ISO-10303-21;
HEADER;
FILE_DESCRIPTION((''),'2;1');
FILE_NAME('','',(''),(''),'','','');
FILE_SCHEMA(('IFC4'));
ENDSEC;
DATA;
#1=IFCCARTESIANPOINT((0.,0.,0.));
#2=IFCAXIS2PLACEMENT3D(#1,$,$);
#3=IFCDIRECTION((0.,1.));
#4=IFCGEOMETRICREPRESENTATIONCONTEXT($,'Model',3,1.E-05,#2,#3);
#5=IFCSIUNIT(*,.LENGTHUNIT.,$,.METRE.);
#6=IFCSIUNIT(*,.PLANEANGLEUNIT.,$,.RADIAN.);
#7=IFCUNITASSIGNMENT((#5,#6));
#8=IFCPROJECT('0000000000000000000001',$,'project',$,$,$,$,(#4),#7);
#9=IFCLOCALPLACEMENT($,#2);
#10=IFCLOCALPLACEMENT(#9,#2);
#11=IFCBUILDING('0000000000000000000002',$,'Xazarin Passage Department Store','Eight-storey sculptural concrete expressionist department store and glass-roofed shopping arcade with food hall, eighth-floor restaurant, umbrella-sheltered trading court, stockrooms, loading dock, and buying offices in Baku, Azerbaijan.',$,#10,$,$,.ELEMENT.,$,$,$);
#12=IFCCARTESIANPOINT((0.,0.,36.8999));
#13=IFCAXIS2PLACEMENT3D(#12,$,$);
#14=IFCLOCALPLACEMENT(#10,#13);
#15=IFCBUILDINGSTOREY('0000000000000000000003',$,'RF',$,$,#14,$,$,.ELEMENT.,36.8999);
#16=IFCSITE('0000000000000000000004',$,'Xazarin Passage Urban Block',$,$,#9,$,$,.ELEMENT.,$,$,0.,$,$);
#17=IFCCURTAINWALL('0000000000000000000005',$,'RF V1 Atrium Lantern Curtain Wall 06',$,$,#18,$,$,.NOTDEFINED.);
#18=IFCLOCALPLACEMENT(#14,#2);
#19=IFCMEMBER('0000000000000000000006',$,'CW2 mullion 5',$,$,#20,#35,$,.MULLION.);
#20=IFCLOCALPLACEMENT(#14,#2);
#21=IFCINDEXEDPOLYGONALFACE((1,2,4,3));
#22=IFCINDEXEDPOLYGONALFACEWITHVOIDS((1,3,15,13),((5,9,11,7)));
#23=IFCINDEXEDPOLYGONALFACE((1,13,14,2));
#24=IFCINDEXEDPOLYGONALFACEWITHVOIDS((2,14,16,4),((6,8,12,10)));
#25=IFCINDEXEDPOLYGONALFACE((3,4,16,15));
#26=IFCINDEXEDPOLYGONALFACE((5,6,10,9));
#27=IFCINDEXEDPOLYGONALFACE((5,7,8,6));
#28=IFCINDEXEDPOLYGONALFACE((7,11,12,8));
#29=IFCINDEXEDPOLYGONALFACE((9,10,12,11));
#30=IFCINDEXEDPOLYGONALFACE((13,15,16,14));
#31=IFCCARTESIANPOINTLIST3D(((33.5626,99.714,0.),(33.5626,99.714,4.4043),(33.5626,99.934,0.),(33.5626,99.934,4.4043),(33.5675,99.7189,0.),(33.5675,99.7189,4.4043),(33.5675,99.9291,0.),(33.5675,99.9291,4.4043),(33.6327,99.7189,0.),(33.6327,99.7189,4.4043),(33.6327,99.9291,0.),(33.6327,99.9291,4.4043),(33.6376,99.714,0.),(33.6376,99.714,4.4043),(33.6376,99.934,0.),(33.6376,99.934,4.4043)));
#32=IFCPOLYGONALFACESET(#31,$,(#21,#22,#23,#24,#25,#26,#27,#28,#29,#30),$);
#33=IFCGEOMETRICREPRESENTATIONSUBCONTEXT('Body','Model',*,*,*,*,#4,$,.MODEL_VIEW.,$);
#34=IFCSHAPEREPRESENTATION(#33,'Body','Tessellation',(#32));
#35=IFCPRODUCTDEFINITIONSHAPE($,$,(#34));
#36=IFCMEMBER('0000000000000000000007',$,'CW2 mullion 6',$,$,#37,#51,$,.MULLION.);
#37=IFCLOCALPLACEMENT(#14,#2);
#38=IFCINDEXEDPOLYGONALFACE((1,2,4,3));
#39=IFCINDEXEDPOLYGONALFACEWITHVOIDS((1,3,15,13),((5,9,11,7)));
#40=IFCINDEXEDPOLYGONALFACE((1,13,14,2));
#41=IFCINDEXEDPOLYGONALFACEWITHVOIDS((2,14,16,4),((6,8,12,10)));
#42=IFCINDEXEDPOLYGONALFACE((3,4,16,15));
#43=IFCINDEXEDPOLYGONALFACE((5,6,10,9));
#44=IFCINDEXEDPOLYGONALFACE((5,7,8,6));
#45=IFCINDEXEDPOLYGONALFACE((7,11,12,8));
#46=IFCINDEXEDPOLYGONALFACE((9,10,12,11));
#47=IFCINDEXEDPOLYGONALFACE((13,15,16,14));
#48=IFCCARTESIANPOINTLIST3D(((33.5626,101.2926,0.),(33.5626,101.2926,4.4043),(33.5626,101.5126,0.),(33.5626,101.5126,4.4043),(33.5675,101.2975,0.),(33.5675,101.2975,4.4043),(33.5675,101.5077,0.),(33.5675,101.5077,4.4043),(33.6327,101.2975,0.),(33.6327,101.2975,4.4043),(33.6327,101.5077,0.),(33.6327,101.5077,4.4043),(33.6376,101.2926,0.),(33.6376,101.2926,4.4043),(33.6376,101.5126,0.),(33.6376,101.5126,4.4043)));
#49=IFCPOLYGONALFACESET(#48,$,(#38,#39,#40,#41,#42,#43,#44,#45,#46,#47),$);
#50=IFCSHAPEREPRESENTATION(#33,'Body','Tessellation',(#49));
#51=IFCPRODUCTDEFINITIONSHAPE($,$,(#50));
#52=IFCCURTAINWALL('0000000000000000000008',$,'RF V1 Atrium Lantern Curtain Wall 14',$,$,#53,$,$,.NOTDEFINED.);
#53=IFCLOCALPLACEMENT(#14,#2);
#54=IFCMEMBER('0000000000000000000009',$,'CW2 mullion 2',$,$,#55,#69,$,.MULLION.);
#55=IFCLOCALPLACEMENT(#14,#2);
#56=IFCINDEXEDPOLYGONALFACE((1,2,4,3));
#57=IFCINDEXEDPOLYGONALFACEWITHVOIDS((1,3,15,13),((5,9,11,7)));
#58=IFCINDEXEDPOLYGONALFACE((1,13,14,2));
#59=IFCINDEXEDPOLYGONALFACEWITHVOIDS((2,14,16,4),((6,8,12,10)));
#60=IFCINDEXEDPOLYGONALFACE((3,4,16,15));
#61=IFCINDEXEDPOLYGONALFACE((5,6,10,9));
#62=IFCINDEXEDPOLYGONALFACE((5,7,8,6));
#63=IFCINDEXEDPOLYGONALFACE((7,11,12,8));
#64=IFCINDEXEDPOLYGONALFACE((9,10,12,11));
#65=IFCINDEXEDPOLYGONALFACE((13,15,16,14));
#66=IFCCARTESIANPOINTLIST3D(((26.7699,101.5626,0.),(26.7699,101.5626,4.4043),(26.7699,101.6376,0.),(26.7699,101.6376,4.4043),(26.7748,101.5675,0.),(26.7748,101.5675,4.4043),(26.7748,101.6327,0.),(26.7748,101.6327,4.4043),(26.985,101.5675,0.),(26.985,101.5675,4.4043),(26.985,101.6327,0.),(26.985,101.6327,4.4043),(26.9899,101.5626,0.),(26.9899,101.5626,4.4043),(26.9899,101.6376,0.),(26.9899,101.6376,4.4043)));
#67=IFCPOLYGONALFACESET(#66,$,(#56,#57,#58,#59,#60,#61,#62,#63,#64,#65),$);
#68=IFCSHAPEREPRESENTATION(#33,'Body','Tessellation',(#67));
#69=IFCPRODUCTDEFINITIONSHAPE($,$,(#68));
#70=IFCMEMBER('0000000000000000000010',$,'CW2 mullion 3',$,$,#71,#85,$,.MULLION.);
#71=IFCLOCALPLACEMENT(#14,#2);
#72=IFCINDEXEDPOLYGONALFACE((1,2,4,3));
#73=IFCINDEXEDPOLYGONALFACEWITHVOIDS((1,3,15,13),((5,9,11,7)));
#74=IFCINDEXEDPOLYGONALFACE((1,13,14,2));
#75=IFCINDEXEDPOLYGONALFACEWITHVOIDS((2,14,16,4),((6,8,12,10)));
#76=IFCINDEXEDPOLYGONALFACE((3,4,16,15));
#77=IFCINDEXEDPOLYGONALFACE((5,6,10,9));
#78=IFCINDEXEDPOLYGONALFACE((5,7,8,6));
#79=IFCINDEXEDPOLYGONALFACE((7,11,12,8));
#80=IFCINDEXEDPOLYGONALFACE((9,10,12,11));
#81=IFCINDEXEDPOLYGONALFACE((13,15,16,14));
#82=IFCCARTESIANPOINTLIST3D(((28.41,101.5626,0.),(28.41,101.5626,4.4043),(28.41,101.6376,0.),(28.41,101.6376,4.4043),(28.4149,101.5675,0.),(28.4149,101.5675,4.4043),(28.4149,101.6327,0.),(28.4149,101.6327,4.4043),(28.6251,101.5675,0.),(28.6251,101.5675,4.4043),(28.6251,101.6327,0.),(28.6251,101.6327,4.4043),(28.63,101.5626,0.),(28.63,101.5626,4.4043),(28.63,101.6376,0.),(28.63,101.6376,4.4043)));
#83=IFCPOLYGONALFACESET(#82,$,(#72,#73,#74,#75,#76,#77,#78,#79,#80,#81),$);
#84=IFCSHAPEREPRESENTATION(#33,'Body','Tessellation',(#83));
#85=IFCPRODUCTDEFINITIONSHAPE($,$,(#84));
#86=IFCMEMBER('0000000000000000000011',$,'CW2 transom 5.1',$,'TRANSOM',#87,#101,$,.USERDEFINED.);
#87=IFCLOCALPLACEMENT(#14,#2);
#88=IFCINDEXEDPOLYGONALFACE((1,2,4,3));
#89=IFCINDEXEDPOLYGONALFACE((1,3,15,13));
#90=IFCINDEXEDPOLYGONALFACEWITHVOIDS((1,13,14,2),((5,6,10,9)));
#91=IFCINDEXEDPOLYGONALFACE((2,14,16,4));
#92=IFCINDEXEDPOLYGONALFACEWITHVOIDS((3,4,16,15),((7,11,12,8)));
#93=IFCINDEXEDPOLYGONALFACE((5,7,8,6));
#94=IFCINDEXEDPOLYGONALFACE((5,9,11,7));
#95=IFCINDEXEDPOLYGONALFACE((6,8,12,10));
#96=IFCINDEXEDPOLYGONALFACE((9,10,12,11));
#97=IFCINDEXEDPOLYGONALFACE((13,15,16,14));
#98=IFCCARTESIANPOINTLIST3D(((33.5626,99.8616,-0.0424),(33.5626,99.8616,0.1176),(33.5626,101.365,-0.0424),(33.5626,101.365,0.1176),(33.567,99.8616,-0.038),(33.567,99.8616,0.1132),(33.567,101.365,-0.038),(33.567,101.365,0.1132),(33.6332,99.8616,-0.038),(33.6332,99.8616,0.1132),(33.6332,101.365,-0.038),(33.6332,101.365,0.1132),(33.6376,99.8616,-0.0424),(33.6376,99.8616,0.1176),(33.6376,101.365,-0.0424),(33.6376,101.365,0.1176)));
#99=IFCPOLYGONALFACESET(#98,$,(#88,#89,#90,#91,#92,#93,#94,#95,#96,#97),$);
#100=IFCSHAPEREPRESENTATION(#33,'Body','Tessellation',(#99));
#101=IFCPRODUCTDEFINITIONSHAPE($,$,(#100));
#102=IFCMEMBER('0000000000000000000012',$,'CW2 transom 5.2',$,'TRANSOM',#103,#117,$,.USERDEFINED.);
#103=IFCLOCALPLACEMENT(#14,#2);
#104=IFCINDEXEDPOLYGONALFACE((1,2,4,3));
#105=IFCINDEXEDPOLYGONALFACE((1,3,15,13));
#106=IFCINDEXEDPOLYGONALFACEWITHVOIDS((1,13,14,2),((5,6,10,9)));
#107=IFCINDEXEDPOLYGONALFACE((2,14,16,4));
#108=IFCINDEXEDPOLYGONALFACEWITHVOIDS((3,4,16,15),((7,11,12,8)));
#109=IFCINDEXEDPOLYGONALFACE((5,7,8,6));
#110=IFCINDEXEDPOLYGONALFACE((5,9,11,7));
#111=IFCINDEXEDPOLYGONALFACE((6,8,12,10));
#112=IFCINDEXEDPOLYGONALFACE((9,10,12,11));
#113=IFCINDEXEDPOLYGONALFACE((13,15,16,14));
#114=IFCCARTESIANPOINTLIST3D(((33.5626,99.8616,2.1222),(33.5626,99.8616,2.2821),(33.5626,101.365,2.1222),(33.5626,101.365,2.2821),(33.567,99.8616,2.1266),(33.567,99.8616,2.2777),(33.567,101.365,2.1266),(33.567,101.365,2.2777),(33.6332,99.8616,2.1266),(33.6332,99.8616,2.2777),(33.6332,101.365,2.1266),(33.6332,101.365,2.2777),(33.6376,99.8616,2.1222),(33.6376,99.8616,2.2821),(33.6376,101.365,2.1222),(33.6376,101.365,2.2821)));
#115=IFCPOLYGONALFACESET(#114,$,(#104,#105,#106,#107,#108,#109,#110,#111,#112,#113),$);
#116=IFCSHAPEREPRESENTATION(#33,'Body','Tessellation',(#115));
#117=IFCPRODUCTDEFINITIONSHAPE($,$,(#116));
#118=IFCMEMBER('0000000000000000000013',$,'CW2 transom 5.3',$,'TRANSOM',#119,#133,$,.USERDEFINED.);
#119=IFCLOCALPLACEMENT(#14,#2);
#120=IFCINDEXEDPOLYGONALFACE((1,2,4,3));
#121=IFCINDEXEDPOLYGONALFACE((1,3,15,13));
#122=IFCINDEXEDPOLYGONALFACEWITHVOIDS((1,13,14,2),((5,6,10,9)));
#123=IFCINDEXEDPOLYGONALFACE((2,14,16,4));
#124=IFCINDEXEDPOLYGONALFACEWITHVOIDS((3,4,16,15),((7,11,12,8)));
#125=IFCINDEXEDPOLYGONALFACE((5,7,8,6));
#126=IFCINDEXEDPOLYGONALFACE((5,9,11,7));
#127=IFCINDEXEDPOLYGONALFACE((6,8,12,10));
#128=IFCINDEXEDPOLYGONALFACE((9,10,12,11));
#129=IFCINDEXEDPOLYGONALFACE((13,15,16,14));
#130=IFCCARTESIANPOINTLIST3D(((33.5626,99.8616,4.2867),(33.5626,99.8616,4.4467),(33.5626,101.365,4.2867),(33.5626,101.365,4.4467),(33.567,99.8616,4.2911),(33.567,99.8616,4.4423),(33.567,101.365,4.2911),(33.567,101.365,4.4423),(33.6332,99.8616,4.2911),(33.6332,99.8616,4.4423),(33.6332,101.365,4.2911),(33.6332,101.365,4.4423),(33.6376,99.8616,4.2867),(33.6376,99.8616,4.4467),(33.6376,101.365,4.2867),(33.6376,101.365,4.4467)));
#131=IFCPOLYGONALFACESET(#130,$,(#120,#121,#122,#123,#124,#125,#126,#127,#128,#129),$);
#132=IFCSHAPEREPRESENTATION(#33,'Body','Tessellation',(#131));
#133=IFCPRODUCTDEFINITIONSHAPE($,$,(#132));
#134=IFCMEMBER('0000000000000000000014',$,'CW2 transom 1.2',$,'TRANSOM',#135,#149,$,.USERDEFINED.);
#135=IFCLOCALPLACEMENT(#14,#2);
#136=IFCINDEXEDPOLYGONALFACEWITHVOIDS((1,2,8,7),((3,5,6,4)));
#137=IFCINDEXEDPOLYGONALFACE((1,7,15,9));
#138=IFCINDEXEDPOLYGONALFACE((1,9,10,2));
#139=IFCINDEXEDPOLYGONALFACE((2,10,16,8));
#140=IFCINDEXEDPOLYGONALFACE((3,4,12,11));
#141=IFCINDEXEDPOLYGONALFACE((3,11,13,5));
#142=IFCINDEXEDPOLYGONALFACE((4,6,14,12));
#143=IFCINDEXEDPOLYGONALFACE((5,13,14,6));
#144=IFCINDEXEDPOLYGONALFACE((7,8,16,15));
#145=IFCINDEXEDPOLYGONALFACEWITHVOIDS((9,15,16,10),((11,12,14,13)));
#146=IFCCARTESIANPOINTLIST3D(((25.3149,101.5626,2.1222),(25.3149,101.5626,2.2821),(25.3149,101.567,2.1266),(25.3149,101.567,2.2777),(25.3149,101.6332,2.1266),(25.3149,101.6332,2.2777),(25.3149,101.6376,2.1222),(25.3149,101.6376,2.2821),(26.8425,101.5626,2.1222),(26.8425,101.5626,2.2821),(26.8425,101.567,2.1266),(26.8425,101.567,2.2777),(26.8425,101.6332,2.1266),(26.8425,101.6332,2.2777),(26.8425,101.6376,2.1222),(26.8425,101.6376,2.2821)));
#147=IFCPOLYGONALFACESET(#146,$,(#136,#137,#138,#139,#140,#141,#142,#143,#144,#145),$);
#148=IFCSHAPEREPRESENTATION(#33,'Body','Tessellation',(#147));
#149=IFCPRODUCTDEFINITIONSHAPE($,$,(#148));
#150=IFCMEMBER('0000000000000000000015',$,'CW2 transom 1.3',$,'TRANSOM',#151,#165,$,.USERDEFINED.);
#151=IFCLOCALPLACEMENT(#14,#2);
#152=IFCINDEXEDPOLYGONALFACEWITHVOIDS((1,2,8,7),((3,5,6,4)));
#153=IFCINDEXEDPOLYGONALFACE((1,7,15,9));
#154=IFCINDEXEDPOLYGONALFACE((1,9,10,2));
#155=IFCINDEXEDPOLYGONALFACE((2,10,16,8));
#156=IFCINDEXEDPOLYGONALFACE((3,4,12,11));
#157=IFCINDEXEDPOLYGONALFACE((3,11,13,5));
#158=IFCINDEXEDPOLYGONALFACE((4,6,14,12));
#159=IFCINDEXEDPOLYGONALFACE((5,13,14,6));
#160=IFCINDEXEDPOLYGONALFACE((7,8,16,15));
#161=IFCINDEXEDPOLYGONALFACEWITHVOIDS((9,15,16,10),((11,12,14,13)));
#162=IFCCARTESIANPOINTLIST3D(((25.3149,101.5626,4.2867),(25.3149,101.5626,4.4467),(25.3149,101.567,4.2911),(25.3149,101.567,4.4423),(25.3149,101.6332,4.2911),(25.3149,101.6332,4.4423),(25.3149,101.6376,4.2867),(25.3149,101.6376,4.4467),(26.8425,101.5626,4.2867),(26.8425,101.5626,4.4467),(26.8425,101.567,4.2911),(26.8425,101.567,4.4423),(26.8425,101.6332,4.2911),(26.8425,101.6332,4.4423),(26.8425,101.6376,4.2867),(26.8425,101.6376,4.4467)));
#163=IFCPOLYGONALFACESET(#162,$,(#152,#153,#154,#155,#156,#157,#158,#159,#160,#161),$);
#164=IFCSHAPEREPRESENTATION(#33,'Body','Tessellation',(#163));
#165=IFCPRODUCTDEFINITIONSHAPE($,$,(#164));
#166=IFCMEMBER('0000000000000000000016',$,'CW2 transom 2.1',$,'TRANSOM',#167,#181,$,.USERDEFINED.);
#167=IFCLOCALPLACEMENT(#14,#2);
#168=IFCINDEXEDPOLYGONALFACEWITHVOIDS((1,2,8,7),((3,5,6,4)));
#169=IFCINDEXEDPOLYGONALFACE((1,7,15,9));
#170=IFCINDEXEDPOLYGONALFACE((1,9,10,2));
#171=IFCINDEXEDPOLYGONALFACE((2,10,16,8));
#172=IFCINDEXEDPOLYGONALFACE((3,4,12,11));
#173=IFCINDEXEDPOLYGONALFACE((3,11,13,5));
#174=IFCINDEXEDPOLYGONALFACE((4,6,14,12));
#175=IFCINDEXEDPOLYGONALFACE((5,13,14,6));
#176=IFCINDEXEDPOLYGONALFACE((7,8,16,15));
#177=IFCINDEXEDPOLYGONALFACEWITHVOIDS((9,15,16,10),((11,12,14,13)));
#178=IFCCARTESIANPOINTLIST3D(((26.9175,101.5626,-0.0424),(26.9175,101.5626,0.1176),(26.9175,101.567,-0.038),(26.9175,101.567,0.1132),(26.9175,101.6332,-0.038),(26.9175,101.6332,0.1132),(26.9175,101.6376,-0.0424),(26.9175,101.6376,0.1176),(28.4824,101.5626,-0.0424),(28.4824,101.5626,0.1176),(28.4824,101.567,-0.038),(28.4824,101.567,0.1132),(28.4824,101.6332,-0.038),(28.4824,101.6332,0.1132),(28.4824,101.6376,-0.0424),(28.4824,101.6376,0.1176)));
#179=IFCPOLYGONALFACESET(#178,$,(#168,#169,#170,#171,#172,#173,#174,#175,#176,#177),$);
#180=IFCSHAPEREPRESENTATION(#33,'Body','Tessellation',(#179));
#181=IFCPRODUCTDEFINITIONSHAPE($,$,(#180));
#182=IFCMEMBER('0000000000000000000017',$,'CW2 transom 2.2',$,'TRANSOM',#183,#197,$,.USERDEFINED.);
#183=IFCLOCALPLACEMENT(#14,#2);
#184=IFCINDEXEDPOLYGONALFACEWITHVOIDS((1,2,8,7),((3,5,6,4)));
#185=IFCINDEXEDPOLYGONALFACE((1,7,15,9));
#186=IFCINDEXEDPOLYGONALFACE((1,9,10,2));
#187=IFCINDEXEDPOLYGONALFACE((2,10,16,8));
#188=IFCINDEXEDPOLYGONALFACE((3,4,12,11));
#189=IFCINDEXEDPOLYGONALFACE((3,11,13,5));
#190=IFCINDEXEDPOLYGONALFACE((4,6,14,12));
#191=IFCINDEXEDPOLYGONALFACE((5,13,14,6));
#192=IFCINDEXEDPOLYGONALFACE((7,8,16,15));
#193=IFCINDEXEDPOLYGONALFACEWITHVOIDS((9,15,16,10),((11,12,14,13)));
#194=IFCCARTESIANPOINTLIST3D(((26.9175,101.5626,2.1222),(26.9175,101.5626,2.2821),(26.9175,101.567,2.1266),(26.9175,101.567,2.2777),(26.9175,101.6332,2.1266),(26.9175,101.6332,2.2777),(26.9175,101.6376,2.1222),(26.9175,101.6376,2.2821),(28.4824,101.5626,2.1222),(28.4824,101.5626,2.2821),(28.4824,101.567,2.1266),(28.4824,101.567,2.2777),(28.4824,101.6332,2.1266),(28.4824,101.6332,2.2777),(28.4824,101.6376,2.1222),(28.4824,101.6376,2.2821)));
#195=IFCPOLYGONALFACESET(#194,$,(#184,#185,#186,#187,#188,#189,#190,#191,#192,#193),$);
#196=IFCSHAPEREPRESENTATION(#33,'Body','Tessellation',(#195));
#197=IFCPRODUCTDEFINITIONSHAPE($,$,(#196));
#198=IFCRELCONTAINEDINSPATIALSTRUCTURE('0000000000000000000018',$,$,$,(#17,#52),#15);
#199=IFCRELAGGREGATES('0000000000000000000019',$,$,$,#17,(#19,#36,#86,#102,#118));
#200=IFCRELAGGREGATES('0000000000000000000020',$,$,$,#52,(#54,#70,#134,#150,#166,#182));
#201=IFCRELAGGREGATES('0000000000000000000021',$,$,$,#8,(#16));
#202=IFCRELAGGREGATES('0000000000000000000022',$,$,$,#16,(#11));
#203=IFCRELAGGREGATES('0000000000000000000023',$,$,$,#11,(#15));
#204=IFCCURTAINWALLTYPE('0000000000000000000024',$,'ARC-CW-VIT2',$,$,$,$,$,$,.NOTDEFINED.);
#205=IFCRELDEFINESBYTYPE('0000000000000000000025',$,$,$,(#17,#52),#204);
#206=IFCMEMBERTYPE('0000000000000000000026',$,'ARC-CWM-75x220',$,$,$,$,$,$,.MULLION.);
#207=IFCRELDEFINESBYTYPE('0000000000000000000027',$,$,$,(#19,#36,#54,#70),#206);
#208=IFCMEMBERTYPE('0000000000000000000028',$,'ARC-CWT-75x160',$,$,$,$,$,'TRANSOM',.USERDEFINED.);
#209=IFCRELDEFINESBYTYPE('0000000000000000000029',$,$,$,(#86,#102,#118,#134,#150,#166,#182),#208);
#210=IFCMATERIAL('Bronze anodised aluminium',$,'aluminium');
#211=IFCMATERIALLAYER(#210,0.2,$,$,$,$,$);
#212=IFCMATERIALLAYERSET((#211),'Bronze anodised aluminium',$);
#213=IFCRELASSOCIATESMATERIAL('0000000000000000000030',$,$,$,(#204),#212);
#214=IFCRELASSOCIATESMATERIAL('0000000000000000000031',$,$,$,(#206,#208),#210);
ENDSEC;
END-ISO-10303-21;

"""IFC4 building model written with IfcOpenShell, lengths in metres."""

from ifc_helpers import new_model, si_unit, direction, frame, origin, origin_2d, place, context, subcontext, project, spatial, hollow_rectangle, extrude, material, layer, layer_set, material_profile, profile_set, type_object, element, aggregate, save


model = new_model("IFC4")

# Units and contexts
model_context = context("Model", 3, precision=1e-05, world=origin(), true_north=direction((0.0, 1.0)))
body_context = subcontext(model_context, "Body", "Model", "MODEL_VIEW")
ifc_project = project(units=[si_unit("LENGTHUNIT", "METRE"), si_unit("PLANEANGLEUNIT", "RADIAN")], contexts=[model_context])

# Site, building, storey
site_placement = place(None, origin())
site = spatial("IfcSite", under=ifc_project, at=site_placement, Name="Xazarin Passage Urban Block", CompositionType="ELEMENT", RefElevation=0.0)
building_placement = place(site_placement, origin())
building = spatial("IfcBuilding", under=site, at=building_placement, Name="Xazarin Passage Department Store", Description="Eight-storey sculptural concrete expressionist department store and glass-roofed shopping arcade with food hall, eighth-floor restaurant, umbrella-sheltered trading court, stockrooms, loading dock, and buying offices in Baku, Azerbaijan.", CompositionType="ELEMENT")
storey_placement = place(building_placement, frame((0.0, 0.0, 36.8999)))
storey = spatial("IfcBuildingStorey", under=building, at=storey_placement, Name="RF", CompositionType="ELEMENT", Elevation=36.8999)

# Curtain walls, members
ifc_material_1 = material(Name="Bronze anodised aluminium", Category="aluminium")
ifc_layer_1 = layer(ifc_material_1, 0.2)
ifc_layer_set_1 = layer_set([ifc_layer_1], Name="Bronze anodised aluminium")
curtain_wall_type = type_object("IfcCurtainWallType", Name="ARC-CW-VIT2", PredefinedType="NOTDEFINED", material=ifc_layer_set_1)
curtain_wall_1_placement = place(storey_placement, origin())
curtain_wall_1 = element("IfcCurtainWall", 1, at=curtain_wall_1_placement, inside=storey, type_object=curtain_wall_type, Name="RF V1 Atrium Lantern Curtain Wall 06", PredefinedType="NOTDEFINED")
ifc_material_profile_1 = material_profile(ifc_material_1, hollow_rectangle(XDim=0.075, YDim=0.22, WallThickness=0.0049, at=origin_2d()), Name="ALU 75x220")
ifc_profile_set_1 = profile_set([ifc_material_profile_1], Name="Bronze anodised aluminium")
member_type_1 = type_object("IfcMemberType", Name="ARC-CWM-75x220", PredefinedType="MULLION", material=ifc_profile_set_1)
member_1_placement = place(storey_placement, frame((33.6001, 99.824, 0.0), z_axis=(0.0, 0.0, 1.0), x_axis=(-1.0, 0.0, 0.0)))
member_1 = element("IfcMember", 2, at=member_1_placement, type_object=member_type_1, Name="CW2 mullion 5", PredefinedType="MULLION", context=body_context, shape_type="SweptSolid", body=[
    extrude(hollow_rectangle(XDim=0.075, YDim=0.22, WallThickness=0.0049, at=origin_2d()), origin(), (0.0, 0.0, 1.0), 4.4043),
])
member_2_placement = place(storey_placement, frame((33.6001, 101.4026, 0.0), z_axis=(0.0, 0.0, 1.0), x_axis=(-1.0, 0.0, 0.0)))
member_2 = element("IfcMember", 3, at=member_2_placement, type_object=member_type_1, Name="CW2 mullion 6", PredefinedType="MULLION", context=body_context, shape_type="SweptSolid", body=[
    extrude(hollow_rectangle(XDim=0.075, YDim=0.22, WallThickness=0.0049, at=origin_2d()), origin(), (0.0, 0.0, 1.0), 4.4043),
])
curtain_wall_2_placement = place(storey_placement, origin())
curtain_wall_2 = element("IfcCurtainWall", 4, at=curtain_wall_2_placement, inside=storey, type_object=curtain_wall_type, Name="RF V1 Atrium Lantern Curtain Wall 14", PredefinedType="NOTDEFINED")
member_3_placement = place(storey_placement, frame((26.8799, 101.6001, 0.0), z_axis=(0.0, 0.0, 1.0), x_axis=(0.0, 1.0, 0.0)))
member_3 = element("IfcMember", 5, at=member_3_placement, type_object=member_type_1, Name="CW2 mullion 2", PredefinedType="MULLION", context=body_context, shape_type="SweptSolid", body=[
    extrude(hollow_rectangle(XDim=0.075, YDim=0.22, WallThickness=0.0049, at=origin_2d()), origin(), (0.0, 0.0, 1.0), 4.4043),
])
member_4_placement = place(storey_placement, frame((28.52, 101.6001, 0.0), z_axis=(0.0, 0.0, 1.0), x_axis=(0.0, 1.0, 0.0)))
member_4 = element("IfcMember", 6, at=member_4_placement, type_object=member_type_1, Name="CW2 mullion 3", PredefinedType="MULLION", context=body_context, shape_type="SweptSolid", body=[
    extrude(hollow_rectangle(XDim=0.075, YDim=0.22, WallThickness=0.0049, at=origin_2d()), origin(), (0.0, 0.0, 1.0), 4.4043),
])

# Members
ifc_material_profile_2 = material_profile(ifc_material_1, hollow_rectangle(XDim=0.075, YDim=0.1599, WallThickness=0.0044, at=origin_2d()), Name="ALU 75x160")
ifc_profile_set_2 = profile_set([ifc_material_profile_2], Name="Bronze anodised aluminium")
member_type_2 = type_object("IfcMemberType", Name="ARC-CWT-75x160", ElementType="TRANSOM", PredefinedType="USERDEFINED", material=ifc_profile_set_2)
member_5_placement = place(storey_placement, frame((33.6001, 99.8616, 0.0376), z_axis=(0.0, 1.0, 0.0), x_axis=(-1.0, 0.0, 0.0)))
member_5 = element("IfcMember", 7, at=member_5_placement, type_object=member_type_2, Name="CW2 transom 5.1", ObjectType="TRANSOM", PredefinedType="USERDEFINED", context=body_context, shape_type="SweptSolid", body=[
    extrude(hollow_rectangle(XDim=0.075, YDim=0.1599, WallThickness=0.0044, at=origin_2d()), origin(), (0.0, 0.0, 1.0), 1.5034),
])
member_6_placement = place(storey_placement, frame((33.6001, 99.8616, 2.2021), z_axis=(0.0, 1.0, 0.0), x_axis=(-1.0, 0.0, 0.0)))
member_6 = element("IfcMember", 8, at=member_6_placement, type_object=member_type_2, Name="CW2 transom 5.2", ObjectType="TRANSOM", PredefinedType="USERDEFINED", context=body_context, shape_type="SweptSolid", body=[
    extrude(hollow_rectangle(XDim=0.075, YDim=0.1599, WallThickness=0.0044, at=origin_2d()), origin(), (0.0, 0.0, 1.0), 1.5034),
])
member_7_placement = place(storey_placement, frame((33.6001, 99.8616, 4.3667), z_axis=(0.0, 1.0, 0.0), x_axis=(-1.0, 0.0, 0.0)))
member_7 = element("IfcMember", 9, at=member_7_placement, type_object=member_type_2, Name="CW2 transom 5.3", ObjectType="TRANSOM", PredefinedType="USERDEFINED", context=body_context, shape_type="SweptSolid", body=[
    extrude(hollow_rectangle(XDim=0.075, YDim=0.1599, WallThickness=0.0044, at=origin_2d()), origin(), (0.0, 0.0, 1.0), 1.5034),
])
member_8_placement = place(storey_placement, frame((25.3149, 101.6001, 2.2021), z_axis=(1.0, 0.0, 0.0), x_axis=(0.0, 1.0, 0.0)))
member_8 = element("IfcMember", 10, at=member_8_placement, type_object=member_type_2, Name="CW2 transom 1.2", ObjectType="TRANSOM", PredefinedType="USERDEFINED", context=body_context, shape_type="SweptSolid", body=[
    extrude(hollow_rectangle(XDim=0.075, YDim=0.1599, WallThickness=0.0044, at=origin_2d()), origin(), (0.0, 0.0, 1.0), 1.5276),
])
member_9_placement = place(storey_placement, frame((25.3149, 101.6001, 4.3667), z_axis=(1.0, 0.0, 0.0), x_axis=(0.0, 1.0, 0.0)))
member_9 = element("IfcMember", 11, at=member_9_placement, type_object=member_type_2, Name="CW2 transom 1.3", ObjectType="TRANSOM", PredefinedType="USERDEFINED", context=body_context, shape_type="SweptSolid", body=[
    extrude(hollow_rectangle(XDim=0.075, YDim=0.1599, WallThickness=0.0044, at=origin_2d()), origin(), (0.0, 0.0, 1.0), 1.5276),
])
member_10_placement = place(storey_placement, frame((26.9175, 101.6001, 0.0376), z_axis=(1.0, 0.0, 0.0), x_axis=(0.0, 1.0, 0.0)))
member_10 = element("IfcMember", 12, at=member_10_placement, type_object=member_type_2, Name="CW2 transom 2.1", ObjectType="TRANSOM", PredefinedType="USERDEFINED", context=body_context, shape_type="SweptSolid", body=[
    extrude(hollow_rectangle(XDim=0.075, YDim=0.1599, WallThickness=0.0044, at=origin_2d()), origin(), (0.0, 0.0, 1.0), 1.5649),
])
member_11_placement = place(storey_placement, frame((26.9175, 101.6001, 2.2021), z_axis=(1.0, 0.0, 0.0), x_axis=(0.0, 1.0, 0.0)))
member_11 = element("IfcMember", 13, at=member_11_placement, type_object=member_type_2, Name="CW2 transom 2.2", ObjectType="TRANSOM", PredefinedType="USERDEFINED", context=body_context, shape_type="SweptSolid", body=[
    extrude(hollow_rectangle(XDim=0.075, YDim=0.1599, WallThickness=0.0044, at=origin_2d()), origin(), (0.0, 0.0, 1.0), 1.5649),
])

aggregate(curtain_wall_1, [member_1, member_2, member_5, member_6, member_7])
aggregate(curtain_wall_2, [member_3, member_4, member_8, member_9, member_10, member_11])

save(model, "model.ifc")
